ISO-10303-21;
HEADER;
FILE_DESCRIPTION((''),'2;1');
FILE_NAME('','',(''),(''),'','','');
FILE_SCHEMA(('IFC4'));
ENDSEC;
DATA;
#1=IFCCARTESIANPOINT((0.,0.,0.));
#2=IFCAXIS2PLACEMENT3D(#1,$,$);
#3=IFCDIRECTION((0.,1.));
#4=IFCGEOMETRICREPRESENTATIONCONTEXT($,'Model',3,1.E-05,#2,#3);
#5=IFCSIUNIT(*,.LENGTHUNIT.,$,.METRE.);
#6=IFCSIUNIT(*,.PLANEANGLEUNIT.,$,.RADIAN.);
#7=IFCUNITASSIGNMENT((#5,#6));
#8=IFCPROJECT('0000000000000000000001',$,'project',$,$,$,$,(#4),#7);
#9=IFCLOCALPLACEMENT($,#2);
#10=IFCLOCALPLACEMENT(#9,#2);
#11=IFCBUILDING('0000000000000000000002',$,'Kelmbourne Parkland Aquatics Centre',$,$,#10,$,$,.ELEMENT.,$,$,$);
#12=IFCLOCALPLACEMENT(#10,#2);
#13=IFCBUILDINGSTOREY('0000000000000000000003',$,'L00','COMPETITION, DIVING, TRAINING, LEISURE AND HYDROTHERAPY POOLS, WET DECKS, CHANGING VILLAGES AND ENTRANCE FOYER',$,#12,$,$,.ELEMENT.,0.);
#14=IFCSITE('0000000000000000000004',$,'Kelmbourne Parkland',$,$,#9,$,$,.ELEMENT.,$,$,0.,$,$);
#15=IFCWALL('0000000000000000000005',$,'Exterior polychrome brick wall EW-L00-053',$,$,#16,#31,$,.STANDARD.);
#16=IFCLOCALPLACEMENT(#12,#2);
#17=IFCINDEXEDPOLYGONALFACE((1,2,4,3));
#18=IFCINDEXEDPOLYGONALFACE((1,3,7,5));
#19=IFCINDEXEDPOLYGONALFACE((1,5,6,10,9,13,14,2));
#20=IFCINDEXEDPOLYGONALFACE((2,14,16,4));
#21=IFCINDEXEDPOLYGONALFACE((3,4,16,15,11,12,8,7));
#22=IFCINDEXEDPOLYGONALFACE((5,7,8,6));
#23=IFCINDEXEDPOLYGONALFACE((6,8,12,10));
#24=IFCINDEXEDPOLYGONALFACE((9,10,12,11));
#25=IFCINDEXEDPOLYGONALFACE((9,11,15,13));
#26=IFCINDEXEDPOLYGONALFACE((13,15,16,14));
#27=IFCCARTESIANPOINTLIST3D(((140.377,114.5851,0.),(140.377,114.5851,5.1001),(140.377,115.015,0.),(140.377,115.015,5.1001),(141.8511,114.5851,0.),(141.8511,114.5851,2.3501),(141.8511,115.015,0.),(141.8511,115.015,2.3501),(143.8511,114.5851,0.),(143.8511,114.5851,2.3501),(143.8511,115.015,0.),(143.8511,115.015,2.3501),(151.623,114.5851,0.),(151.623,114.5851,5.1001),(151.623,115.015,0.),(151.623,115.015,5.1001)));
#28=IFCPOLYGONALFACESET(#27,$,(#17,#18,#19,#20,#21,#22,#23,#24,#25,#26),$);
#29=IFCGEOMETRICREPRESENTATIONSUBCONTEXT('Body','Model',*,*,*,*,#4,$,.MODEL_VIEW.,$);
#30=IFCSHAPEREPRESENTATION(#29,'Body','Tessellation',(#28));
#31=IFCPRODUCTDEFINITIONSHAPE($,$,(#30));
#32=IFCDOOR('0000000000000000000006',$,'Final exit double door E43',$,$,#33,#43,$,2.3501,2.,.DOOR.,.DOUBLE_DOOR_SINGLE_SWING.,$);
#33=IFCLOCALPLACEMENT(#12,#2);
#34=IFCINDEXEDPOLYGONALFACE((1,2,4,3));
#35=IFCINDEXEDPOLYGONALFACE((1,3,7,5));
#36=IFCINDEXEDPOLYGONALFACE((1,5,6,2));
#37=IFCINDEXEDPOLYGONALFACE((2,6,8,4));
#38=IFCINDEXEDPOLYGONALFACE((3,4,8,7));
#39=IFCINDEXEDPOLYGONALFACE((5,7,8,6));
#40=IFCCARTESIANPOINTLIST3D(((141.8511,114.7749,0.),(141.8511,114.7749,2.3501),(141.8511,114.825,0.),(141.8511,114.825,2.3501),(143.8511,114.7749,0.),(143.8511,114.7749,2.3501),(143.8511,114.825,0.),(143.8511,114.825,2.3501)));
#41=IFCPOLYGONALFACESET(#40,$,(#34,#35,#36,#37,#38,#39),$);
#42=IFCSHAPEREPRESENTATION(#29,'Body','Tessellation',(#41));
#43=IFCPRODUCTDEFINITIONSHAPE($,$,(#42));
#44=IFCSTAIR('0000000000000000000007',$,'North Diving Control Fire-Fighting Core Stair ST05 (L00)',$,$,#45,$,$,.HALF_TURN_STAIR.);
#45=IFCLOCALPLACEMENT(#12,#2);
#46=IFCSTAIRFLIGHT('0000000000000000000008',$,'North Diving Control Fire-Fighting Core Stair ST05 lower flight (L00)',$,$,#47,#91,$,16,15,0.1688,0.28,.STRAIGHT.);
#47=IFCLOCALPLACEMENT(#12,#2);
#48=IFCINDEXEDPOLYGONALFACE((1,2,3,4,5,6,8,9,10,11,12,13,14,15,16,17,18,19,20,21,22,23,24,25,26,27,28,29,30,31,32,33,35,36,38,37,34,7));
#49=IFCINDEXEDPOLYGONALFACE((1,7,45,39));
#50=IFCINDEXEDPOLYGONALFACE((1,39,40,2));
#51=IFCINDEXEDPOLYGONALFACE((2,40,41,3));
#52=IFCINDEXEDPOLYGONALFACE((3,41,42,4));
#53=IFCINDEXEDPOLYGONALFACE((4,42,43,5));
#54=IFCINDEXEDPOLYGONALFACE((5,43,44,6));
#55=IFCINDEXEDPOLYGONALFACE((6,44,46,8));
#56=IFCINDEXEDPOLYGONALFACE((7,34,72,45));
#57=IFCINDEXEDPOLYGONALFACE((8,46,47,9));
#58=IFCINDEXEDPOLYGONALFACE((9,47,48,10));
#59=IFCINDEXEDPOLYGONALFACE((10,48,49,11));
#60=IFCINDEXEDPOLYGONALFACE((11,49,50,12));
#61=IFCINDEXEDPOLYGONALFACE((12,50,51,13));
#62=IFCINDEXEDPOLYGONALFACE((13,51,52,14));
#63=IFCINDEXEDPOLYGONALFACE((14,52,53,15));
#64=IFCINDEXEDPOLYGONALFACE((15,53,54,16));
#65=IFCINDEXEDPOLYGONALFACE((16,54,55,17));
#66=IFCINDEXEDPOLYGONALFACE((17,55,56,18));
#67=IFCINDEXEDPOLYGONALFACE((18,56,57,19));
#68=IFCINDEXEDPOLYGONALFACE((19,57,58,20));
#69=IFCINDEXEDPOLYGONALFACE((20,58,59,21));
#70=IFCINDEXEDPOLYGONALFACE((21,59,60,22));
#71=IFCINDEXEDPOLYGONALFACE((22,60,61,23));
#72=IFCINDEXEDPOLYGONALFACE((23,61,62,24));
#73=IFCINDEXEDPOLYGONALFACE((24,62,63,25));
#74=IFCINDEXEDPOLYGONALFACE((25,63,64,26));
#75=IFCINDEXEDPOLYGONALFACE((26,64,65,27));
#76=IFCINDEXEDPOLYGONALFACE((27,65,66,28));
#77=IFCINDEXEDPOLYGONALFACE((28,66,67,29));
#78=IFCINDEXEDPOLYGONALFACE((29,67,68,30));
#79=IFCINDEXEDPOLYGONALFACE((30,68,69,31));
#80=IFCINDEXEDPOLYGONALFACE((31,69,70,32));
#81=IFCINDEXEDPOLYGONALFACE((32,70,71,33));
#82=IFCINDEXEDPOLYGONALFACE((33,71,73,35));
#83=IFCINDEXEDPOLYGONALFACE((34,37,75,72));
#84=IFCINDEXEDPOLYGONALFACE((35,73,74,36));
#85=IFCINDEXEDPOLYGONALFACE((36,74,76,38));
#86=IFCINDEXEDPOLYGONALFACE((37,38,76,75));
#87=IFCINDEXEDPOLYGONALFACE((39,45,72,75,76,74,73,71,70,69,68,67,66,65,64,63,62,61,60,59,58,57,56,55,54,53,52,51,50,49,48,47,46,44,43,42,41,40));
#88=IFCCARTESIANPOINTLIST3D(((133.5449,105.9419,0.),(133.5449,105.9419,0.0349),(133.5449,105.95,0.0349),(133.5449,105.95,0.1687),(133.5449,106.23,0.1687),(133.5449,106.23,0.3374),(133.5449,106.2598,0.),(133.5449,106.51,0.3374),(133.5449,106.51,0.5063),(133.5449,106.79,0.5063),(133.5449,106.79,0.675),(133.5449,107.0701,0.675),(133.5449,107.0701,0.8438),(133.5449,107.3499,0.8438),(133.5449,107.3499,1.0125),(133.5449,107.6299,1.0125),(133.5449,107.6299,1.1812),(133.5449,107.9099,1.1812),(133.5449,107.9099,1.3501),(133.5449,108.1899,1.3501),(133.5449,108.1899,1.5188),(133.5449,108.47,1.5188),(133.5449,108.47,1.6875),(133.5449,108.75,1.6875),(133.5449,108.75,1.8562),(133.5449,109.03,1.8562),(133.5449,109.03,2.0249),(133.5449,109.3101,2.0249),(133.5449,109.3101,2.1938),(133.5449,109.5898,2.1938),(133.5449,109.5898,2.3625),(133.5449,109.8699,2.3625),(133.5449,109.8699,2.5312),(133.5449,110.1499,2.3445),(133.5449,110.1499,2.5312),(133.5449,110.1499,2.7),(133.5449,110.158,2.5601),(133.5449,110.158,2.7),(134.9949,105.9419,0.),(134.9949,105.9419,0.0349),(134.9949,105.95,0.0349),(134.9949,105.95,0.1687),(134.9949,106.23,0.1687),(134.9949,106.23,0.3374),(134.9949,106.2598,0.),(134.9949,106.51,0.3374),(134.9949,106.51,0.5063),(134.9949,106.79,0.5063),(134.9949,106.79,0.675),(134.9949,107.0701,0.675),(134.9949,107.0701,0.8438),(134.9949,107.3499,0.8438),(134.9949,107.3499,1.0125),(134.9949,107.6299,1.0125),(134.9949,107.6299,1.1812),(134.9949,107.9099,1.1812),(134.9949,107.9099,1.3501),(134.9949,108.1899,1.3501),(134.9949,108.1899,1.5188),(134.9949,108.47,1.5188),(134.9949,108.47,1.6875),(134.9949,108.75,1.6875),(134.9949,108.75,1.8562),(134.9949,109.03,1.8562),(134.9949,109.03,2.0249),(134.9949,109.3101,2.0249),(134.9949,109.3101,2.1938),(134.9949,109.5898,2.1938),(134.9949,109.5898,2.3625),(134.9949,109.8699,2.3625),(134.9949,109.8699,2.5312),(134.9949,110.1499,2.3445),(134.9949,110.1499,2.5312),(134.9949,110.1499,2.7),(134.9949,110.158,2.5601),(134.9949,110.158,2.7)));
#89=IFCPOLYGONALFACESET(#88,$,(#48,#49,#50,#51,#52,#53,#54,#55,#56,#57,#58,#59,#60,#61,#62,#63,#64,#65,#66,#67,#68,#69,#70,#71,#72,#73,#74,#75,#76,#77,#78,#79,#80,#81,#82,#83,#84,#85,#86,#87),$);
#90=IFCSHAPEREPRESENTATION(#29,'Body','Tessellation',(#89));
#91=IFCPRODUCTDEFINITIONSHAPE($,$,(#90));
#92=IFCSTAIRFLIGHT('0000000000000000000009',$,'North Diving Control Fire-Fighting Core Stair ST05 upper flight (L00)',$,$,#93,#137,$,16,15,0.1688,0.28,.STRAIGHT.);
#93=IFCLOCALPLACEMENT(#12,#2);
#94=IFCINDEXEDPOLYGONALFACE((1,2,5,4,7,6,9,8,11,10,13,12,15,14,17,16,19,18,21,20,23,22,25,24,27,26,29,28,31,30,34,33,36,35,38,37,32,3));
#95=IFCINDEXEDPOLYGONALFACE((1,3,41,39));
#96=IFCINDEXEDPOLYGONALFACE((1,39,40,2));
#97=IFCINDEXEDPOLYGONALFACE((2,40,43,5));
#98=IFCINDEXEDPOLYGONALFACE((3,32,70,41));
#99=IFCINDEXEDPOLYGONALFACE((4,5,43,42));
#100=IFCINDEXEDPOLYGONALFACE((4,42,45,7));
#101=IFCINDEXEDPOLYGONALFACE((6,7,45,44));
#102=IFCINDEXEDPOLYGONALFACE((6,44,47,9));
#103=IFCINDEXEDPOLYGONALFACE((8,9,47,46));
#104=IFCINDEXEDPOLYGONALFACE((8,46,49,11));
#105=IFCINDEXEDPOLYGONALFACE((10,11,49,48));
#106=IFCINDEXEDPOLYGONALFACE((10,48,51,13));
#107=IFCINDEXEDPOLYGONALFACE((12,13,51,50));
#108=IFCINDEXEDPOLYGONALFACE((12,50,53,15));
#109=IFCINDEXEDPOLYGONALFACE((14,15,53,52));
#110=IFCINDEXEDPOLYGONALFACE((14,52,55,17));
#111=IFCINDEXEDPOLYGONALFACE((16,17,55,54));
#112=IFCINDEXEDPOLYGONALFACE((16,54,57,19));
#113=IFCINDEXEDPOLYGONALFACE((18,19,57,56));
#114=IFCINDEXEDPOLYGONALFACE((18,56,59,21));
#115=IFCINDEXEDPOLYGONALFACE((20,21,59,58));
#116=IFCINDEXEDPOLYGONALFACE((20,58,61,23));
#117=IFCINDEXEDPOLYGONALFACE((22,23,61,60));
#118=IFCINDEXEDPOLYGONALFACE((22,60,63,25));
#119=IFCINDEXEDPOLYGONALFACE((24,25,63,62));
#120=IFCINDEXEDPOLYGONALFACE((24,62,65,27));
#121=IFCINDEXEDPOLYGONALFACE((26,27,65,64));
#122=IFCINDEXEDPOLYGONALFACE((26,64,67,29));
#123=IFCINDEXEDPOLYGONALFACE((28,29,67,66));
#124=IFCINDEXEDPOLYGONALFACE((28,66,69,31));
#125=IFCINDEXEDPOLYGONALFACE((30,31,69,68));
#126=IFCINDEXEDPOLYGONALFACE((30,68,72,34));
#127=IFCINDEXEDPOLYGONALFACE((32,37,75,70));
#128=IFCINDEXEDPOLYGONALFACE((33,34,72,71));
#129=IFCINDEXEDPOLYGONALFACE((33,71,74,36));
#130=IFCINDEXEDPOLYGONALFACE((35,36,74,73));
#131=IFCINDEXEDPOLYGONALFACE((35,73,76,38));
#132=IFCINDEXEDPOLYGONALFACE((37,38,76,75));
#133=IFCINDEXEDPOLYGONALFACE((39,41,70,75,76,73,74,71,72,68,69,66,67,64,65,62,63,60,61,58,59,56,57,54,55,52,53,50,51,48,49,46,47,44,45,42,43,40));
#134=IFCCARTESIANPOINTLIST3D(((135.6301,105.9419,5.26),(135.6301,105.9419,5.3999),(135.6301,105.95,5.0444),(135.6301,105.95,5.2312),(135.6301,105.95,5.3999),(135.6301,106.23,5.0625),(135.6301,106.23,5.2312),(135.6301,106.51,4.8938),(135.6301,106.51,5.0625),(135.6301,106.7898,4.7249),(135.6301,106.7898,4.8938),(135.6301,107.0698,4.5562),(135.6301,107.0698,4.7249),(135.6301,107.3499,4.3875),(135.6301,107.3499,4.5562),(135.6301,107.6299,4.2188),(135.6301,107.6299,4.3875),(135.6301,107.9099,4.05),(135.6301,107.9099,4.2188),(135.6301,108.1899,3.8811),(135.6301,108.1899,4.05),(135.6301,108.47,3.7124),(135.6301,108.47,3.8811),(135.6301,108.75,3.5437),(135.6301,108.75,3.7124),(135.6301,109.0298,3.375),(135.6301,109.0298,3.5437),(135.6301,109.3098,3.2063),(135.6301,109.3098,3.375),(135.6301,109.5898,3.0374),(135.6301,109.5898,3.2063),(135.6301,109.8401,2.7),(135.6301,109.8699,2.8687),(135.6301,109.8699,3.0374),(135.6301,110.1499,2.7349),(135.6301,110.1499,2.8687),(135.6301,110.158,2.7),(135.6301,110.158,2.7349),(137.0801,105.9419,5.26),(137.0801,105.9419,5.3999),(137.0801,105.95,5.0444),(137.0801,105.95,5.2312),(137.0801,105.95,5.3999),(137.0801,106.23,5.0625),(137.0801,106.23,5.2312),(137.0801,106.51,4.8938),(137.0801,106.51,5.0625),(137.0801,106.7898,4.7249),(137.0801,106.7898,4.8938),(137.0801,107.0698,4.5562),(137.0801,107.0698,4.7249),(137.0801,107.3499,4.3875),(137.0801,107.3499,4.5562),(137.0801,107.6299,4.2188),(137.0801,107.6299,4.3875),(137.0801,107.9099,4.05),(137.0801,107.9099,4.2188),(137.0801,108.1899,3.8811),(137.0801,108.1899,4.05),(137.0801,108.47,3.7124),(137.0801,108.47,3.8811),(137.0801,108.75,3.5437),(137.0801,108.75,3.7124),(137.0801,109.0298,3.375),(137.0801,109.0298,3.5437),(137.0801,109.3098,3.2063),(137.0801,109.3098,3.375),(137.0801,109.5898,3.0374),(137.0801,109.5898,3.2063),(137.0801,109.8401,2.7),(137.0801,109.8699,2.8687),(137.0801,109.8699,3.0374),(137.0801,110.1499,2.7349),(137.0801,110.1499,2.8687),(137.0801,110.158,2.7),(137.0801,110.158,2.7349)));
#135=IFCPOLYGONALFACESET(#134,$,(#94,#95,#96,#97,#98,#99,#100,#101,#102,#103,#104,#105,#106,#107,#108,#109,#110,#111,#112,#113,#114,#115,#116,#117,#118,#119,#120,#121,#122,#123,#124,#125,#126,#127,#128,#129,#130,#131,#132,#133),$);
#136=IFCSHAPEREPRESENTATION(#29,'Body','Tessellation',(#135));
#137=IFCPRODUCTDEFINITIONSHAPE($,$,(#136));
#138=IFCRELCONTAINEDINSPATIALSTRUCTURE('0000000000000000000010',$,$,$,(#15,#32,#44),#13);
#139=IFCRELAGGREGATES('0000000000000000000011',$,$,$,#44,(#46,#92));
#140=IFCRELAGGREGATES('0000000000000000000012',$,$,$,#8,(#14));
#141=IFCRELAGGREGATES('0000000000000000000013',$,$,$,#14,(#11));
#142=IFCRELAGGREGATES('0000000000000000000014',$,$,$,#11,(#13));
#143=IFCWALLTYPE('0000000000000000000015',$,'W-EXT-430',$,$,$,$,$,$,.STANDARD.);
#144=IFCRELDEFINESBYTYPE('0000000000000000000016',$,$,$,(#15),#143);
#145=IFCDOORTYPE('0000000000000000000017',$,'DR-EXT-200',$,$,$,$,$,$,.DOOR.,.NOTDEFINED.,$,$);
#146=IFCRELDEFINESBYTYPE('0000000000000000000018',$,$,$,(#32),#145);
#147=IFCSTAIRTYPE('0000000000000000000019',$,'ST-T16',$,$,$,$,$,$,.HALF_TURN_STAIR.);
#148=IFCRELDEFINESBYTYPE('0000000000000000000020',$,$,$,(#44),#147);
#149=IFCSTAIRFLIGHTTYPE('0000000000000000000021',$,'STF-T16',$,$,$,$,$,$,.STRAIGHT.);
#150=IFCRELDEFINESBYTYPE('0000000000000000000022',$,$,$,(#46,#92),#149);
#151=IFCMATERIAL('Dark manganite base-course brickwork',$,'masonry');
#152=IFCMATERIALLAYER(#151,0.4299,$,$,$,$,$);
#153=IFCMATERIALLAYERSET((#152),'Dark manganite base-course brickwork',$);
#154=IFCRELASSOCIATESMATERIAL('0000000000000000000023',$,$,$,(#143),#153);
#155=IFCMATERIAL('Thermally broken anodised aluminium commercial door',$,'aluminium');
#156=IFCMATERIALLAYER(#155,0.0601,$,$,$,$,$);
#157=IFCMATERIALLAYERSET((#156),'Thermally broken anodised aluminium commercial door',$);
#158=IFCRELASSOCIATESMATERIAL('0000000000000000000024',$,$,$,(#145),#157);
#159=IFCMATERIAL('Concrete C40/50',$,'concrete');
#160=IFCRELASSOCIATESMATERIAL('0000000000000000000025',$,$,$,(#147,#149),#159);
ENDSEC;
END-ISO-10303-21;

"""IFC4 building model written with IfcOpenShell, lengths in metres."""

from ifc_helpers import new_model, si_unit, direction, frame, frame_2d, origin, place, context, subcontext, project, spatial, polyline, rectangle, outline, extrude, material, layer, layer_set, type_object, element, fill, aggregate, save


model = new_model("IFC4")

# Units and contexts
model_context = context("Model", 3, precision=1e-05, world=origin(), true_north=direction((0.0, 1.0)))
body_context = subcontext(model_context, "Body", "Model", "MODEL_VIEW")
ifc_project = project(units=[si_unit("LENGTHUNIT", "METRE"), si_unit("PLANEANGLEUNIT", "RADIAN")], contexts=[model_context])

# Site, building, storey
site_placement = place(None, origin())
site = spatial("IfcSite", under=ifc_project, at=site_placement, Name="Kelmbourne Parkland", CompositionType="ELEMENT", RefElevation=0.0)
building_placement = place(site_placement, origin())
building = spatial("IfcBuilding", under=site, at=building_placement, Name="Kelmbourne Parkland Aquatics Centre", CompositionType="ELEMENT")
storey_placement = place(building_placement, origin())
storey = spatial("IfcBuildingStorey", under=building, at=storey_placement, Name="L00", Description="COMPETITION, DIVING, TRAINING, LEISURE AND HYDROTHERAPY POOLS, WET DECKS, CHANGING VILLAGES AND ENTRANCE FOYER", CompositionType="ELEMENT", Elevation=0.0)

# Shared definitions
ifc_material_1 = material(Name="Concrete C40/50", Category="concrete")

# Wall, opening, door
ifc_material_2 = material(Name="Dark manganite base-course brickwork", Category="masonry")
ifc_layer_1 = layer(ifc_material_2, 0.4299)
ifc_layer_set_1 = layer_set([ifc_layer_1], Name="Dark manganite base-course brickwork")
wall_type_1 = type_object("IfcWallType", Name="W-EXT-430", PredefinedType="STANDARD", material=ifc_layer_set_1)
wall_1_placement = place(storey_placement, frame((140.377, 114.8, 0.0), z_axis=(0.0, 0.0, 1.0), x_axis=(1.0, 0.0, 0.0)))
wall_1 = element("IfcWall", 1, at=wall_1_placement, inside=storey, type_object=wall_type_1, Name="Exterior polychrome brick wall EW-L00-053", PredefinedType="STANDARD", context=body_context, shape_type="SweptSolid", body=[
    extrude(rectangle(XDim=11.2461, YDim=0.4299, at=frame_2d((5.623, 0.0))), origin(), (0.0, 0.0, 1.0), 5.1001),
])
opening_1_placement = place(wall_1_placement, frame((1.4741, 0.0, 0.0)))
opening_1 = element("IfcOpeningElement", 2, at=opening_1_placement, cuts=wall_1, PredefinedType="OPENING", context=body_context, shape_type="SweptSolid", body=[
    extrude(rectangle(XDim=2.0, YDim=2.3501, at=frame_2d((1.0, 1.175))), frame((0.0, 0.2271, 0.0), z_axis=(0.0, -1.0, 0.0), x_axis=(1.0, 0.0, 0.0)), (0.0, 0.0, 1.0), 0.4539),
])
ifc_material_3 = material(Name="Thermally broken anodised aluminium commercial door", Category="aluminium")
ifc_layer_2 = layer(ifc_material_3, 0.0601)
ifc_layer_set_2 = layer_set([ifc_layer_2], Name="Thermally broken anodised aluminium commercial door")
door_type_1 = type_object("IfcDoorType", Name="DR-EXT-200", OperationType="NOTDEFINED", PredefinedType="DOOR", material=ifc_layer_set_2)
door_1_placement = place(opening_1_placement, origin())
door_1 = element("IfcDoor", 3, at=door_1_placement, inside=storey, type_object=door_type_1, Name="Final exit double door E43", OperationType="DOUBLE_DOOR_SINGLE_SWING", OverallHeight=2.3501, OverallWidth=2.0, PredefinedType="DOOR", context=body_context, shape_type="SweptSolid", body=[
    extrude(rectangle(XDim=2.0, YDim=2.3501, at=frame_2d((1.0, 1.175))), frame((0.0, 0.0249, 0.0), z_axis=(0.0, -1.0, 0.0), x_axis=(1.0, 0.0, 0.0)), (0.0, 0.0, 1.0), 0.05),
])
fill(opening_1, door_1)

# Stair, stair flights
stair_type = type_object("IfcStairType", Name="ST-T16", PredefinedType="HALF_TURN_STAIR", material=ifc_material_1)
stair_placement = place(storey_placement, origin())
stair = element("IfcStair", 4, at=stair_placement, inside=storey, type_object=stair_type, Name="North Diving Control Fire-Fighting Core Stair ST05 (L00)", PredefinedType="HALF_TURN_STAIR")
stair_flight_type = type_object("IfcStairFlightType", Name="STF-T16", PredefinedType="STRAIGHT", material=ifc_material_1)
stair_flight_1_placement = place(storey_placement, frame((134.27, 105.95, 0.0), z_axis=(0.0, 0.0, 1.0), x_axis=(0.0, 1.0, 0.0)))
stair_flight_1 = element("IfcStairFlight", 5, at=stair_flight_1_placement, type_object=stair_flight_type, Name="North Diving Control Fire-Fighting Core Stair ST05 lower flight (L00)", NumberOfRisers=16, NumberOfTreads=15, PredefinedType="STRAIGHT", RiserHeight=0.1688, TreadLength=0.28, context=body_context, shape_type="SweptSolid", body=[
    extrude(outline(polyline([(-0.0081, 0.0), (-0.0081, 0.0349), (0.0, 0.0349), (0.0, 0.1687), (0.28, 0.1687), (0.28, 0.3374), (0.5601, 0.3374), (0.5601, 0.5063), (0.8401, 0.5063), (0.8401, 0.675), (1.1201, 0.675), (1.1201, 0.8438), (1.3999, 0.8438), (1.3999, 1.0125), (1.6799, 1.0125), (1.6799, 1.1812), (1.96, 1.1812), (1.96, 1.3501), (2.24, 1.3501), (2.24, 1.5188), (2.52, 1.5188), (2.52, 1.6875), (2.8, 1.6875), (2.8, 1.8562), (3.0801, 1.8562), (3.0801, 2.0249), (3.3601, 2.0249), (3.3601, 2.1938), (3.6399, 2.1938), (3.6399, 2.3625), (3.9199, 2.3625), (3.9199, 2.5312), (4.2, 2.5312), (4.2, 2.7), (4.208, 2.7), (4.208, 2.5601), (4.2, 2.3445), (0.3098, 0.0), (-0.0081, 0.0)])), frame((0.0, 0.7251, 0.0), z_axis=(0.0, -1.0, 0.0), x_axis=(1.0, 0.0, 0.0)), (0.0, 0.0, 1.0), 1.45),
])
stair_flight_2_placement = place(storey_placement, frame((136.355, 110.1499, 2.7), z_axis=(0.0, 0.0, 1.0), x_axis=(0.0, -1.0, 0.0)))
stair_flight_2 = element("IfcStairFlight", 6, at=stair_flight_2_placement, type_object=stair_flight_type, Name="North Diving Control Fire-Fighting Core Stair ST05 upper flight (L00)", NumberOfRisers=16, NumberOfTreads=15, PredefinedType="STRAIGHT", RiserHeight=0.1688, TreadLength=0.28, context=body_context, shape_type="SweptSolid", body=[
    extrude(outline(polyline([(-0.0081, 0.0), (-0.0081, 0.0349), (0.0, 0.0349), (0.0, 0.1687), (0.28, 0.1687), (0.28, 0.3374), (0.5601, 0.3374), (0.5601, 0.5063), (0.8401, 0.5063), (0.8401, 0.675), (1.1201, 0.675), (1.1201, 0.8438), (1.3999, 0.8438), (1.3999, 1.0125), (1.6799, 1.0125), (1.6799, 1.1812), (1.96, 1.1812), (1.96, 1.3501), (2.24, 1.3501), (2.24, 1.5188), (2.52, 1.5188), (2.52, 1.6875), (2.8, 1.6875), (2.8, 1.8562), (3.0801, 1.8562), (3.0801, 2.0249), (3.3601, 2.0249), (3.3601, 2.1938), (3.6399, 2.1938), (3.6399, 2.3625), (3.9199, 2.3625), (3.9199, 2.5312), (4.2, 2.5312), (4.2, 2.7), (4.208, 2.7), (4.208, 2.5601), (4.2, 2.3445), (0.3098, 0.0), (-0.0081, 0.0)])), frame((0.0, 0.7251, 0.0), z_axis=(0.0, -1.0, 0.0), x_axis=(1.0, 0.0, 0.0)), (0.0, 0.0, 1.0), 1.45),
])
aggregate(stair, [stair_flight_1, stair_flight_2])

save(model, "model.ifc")
